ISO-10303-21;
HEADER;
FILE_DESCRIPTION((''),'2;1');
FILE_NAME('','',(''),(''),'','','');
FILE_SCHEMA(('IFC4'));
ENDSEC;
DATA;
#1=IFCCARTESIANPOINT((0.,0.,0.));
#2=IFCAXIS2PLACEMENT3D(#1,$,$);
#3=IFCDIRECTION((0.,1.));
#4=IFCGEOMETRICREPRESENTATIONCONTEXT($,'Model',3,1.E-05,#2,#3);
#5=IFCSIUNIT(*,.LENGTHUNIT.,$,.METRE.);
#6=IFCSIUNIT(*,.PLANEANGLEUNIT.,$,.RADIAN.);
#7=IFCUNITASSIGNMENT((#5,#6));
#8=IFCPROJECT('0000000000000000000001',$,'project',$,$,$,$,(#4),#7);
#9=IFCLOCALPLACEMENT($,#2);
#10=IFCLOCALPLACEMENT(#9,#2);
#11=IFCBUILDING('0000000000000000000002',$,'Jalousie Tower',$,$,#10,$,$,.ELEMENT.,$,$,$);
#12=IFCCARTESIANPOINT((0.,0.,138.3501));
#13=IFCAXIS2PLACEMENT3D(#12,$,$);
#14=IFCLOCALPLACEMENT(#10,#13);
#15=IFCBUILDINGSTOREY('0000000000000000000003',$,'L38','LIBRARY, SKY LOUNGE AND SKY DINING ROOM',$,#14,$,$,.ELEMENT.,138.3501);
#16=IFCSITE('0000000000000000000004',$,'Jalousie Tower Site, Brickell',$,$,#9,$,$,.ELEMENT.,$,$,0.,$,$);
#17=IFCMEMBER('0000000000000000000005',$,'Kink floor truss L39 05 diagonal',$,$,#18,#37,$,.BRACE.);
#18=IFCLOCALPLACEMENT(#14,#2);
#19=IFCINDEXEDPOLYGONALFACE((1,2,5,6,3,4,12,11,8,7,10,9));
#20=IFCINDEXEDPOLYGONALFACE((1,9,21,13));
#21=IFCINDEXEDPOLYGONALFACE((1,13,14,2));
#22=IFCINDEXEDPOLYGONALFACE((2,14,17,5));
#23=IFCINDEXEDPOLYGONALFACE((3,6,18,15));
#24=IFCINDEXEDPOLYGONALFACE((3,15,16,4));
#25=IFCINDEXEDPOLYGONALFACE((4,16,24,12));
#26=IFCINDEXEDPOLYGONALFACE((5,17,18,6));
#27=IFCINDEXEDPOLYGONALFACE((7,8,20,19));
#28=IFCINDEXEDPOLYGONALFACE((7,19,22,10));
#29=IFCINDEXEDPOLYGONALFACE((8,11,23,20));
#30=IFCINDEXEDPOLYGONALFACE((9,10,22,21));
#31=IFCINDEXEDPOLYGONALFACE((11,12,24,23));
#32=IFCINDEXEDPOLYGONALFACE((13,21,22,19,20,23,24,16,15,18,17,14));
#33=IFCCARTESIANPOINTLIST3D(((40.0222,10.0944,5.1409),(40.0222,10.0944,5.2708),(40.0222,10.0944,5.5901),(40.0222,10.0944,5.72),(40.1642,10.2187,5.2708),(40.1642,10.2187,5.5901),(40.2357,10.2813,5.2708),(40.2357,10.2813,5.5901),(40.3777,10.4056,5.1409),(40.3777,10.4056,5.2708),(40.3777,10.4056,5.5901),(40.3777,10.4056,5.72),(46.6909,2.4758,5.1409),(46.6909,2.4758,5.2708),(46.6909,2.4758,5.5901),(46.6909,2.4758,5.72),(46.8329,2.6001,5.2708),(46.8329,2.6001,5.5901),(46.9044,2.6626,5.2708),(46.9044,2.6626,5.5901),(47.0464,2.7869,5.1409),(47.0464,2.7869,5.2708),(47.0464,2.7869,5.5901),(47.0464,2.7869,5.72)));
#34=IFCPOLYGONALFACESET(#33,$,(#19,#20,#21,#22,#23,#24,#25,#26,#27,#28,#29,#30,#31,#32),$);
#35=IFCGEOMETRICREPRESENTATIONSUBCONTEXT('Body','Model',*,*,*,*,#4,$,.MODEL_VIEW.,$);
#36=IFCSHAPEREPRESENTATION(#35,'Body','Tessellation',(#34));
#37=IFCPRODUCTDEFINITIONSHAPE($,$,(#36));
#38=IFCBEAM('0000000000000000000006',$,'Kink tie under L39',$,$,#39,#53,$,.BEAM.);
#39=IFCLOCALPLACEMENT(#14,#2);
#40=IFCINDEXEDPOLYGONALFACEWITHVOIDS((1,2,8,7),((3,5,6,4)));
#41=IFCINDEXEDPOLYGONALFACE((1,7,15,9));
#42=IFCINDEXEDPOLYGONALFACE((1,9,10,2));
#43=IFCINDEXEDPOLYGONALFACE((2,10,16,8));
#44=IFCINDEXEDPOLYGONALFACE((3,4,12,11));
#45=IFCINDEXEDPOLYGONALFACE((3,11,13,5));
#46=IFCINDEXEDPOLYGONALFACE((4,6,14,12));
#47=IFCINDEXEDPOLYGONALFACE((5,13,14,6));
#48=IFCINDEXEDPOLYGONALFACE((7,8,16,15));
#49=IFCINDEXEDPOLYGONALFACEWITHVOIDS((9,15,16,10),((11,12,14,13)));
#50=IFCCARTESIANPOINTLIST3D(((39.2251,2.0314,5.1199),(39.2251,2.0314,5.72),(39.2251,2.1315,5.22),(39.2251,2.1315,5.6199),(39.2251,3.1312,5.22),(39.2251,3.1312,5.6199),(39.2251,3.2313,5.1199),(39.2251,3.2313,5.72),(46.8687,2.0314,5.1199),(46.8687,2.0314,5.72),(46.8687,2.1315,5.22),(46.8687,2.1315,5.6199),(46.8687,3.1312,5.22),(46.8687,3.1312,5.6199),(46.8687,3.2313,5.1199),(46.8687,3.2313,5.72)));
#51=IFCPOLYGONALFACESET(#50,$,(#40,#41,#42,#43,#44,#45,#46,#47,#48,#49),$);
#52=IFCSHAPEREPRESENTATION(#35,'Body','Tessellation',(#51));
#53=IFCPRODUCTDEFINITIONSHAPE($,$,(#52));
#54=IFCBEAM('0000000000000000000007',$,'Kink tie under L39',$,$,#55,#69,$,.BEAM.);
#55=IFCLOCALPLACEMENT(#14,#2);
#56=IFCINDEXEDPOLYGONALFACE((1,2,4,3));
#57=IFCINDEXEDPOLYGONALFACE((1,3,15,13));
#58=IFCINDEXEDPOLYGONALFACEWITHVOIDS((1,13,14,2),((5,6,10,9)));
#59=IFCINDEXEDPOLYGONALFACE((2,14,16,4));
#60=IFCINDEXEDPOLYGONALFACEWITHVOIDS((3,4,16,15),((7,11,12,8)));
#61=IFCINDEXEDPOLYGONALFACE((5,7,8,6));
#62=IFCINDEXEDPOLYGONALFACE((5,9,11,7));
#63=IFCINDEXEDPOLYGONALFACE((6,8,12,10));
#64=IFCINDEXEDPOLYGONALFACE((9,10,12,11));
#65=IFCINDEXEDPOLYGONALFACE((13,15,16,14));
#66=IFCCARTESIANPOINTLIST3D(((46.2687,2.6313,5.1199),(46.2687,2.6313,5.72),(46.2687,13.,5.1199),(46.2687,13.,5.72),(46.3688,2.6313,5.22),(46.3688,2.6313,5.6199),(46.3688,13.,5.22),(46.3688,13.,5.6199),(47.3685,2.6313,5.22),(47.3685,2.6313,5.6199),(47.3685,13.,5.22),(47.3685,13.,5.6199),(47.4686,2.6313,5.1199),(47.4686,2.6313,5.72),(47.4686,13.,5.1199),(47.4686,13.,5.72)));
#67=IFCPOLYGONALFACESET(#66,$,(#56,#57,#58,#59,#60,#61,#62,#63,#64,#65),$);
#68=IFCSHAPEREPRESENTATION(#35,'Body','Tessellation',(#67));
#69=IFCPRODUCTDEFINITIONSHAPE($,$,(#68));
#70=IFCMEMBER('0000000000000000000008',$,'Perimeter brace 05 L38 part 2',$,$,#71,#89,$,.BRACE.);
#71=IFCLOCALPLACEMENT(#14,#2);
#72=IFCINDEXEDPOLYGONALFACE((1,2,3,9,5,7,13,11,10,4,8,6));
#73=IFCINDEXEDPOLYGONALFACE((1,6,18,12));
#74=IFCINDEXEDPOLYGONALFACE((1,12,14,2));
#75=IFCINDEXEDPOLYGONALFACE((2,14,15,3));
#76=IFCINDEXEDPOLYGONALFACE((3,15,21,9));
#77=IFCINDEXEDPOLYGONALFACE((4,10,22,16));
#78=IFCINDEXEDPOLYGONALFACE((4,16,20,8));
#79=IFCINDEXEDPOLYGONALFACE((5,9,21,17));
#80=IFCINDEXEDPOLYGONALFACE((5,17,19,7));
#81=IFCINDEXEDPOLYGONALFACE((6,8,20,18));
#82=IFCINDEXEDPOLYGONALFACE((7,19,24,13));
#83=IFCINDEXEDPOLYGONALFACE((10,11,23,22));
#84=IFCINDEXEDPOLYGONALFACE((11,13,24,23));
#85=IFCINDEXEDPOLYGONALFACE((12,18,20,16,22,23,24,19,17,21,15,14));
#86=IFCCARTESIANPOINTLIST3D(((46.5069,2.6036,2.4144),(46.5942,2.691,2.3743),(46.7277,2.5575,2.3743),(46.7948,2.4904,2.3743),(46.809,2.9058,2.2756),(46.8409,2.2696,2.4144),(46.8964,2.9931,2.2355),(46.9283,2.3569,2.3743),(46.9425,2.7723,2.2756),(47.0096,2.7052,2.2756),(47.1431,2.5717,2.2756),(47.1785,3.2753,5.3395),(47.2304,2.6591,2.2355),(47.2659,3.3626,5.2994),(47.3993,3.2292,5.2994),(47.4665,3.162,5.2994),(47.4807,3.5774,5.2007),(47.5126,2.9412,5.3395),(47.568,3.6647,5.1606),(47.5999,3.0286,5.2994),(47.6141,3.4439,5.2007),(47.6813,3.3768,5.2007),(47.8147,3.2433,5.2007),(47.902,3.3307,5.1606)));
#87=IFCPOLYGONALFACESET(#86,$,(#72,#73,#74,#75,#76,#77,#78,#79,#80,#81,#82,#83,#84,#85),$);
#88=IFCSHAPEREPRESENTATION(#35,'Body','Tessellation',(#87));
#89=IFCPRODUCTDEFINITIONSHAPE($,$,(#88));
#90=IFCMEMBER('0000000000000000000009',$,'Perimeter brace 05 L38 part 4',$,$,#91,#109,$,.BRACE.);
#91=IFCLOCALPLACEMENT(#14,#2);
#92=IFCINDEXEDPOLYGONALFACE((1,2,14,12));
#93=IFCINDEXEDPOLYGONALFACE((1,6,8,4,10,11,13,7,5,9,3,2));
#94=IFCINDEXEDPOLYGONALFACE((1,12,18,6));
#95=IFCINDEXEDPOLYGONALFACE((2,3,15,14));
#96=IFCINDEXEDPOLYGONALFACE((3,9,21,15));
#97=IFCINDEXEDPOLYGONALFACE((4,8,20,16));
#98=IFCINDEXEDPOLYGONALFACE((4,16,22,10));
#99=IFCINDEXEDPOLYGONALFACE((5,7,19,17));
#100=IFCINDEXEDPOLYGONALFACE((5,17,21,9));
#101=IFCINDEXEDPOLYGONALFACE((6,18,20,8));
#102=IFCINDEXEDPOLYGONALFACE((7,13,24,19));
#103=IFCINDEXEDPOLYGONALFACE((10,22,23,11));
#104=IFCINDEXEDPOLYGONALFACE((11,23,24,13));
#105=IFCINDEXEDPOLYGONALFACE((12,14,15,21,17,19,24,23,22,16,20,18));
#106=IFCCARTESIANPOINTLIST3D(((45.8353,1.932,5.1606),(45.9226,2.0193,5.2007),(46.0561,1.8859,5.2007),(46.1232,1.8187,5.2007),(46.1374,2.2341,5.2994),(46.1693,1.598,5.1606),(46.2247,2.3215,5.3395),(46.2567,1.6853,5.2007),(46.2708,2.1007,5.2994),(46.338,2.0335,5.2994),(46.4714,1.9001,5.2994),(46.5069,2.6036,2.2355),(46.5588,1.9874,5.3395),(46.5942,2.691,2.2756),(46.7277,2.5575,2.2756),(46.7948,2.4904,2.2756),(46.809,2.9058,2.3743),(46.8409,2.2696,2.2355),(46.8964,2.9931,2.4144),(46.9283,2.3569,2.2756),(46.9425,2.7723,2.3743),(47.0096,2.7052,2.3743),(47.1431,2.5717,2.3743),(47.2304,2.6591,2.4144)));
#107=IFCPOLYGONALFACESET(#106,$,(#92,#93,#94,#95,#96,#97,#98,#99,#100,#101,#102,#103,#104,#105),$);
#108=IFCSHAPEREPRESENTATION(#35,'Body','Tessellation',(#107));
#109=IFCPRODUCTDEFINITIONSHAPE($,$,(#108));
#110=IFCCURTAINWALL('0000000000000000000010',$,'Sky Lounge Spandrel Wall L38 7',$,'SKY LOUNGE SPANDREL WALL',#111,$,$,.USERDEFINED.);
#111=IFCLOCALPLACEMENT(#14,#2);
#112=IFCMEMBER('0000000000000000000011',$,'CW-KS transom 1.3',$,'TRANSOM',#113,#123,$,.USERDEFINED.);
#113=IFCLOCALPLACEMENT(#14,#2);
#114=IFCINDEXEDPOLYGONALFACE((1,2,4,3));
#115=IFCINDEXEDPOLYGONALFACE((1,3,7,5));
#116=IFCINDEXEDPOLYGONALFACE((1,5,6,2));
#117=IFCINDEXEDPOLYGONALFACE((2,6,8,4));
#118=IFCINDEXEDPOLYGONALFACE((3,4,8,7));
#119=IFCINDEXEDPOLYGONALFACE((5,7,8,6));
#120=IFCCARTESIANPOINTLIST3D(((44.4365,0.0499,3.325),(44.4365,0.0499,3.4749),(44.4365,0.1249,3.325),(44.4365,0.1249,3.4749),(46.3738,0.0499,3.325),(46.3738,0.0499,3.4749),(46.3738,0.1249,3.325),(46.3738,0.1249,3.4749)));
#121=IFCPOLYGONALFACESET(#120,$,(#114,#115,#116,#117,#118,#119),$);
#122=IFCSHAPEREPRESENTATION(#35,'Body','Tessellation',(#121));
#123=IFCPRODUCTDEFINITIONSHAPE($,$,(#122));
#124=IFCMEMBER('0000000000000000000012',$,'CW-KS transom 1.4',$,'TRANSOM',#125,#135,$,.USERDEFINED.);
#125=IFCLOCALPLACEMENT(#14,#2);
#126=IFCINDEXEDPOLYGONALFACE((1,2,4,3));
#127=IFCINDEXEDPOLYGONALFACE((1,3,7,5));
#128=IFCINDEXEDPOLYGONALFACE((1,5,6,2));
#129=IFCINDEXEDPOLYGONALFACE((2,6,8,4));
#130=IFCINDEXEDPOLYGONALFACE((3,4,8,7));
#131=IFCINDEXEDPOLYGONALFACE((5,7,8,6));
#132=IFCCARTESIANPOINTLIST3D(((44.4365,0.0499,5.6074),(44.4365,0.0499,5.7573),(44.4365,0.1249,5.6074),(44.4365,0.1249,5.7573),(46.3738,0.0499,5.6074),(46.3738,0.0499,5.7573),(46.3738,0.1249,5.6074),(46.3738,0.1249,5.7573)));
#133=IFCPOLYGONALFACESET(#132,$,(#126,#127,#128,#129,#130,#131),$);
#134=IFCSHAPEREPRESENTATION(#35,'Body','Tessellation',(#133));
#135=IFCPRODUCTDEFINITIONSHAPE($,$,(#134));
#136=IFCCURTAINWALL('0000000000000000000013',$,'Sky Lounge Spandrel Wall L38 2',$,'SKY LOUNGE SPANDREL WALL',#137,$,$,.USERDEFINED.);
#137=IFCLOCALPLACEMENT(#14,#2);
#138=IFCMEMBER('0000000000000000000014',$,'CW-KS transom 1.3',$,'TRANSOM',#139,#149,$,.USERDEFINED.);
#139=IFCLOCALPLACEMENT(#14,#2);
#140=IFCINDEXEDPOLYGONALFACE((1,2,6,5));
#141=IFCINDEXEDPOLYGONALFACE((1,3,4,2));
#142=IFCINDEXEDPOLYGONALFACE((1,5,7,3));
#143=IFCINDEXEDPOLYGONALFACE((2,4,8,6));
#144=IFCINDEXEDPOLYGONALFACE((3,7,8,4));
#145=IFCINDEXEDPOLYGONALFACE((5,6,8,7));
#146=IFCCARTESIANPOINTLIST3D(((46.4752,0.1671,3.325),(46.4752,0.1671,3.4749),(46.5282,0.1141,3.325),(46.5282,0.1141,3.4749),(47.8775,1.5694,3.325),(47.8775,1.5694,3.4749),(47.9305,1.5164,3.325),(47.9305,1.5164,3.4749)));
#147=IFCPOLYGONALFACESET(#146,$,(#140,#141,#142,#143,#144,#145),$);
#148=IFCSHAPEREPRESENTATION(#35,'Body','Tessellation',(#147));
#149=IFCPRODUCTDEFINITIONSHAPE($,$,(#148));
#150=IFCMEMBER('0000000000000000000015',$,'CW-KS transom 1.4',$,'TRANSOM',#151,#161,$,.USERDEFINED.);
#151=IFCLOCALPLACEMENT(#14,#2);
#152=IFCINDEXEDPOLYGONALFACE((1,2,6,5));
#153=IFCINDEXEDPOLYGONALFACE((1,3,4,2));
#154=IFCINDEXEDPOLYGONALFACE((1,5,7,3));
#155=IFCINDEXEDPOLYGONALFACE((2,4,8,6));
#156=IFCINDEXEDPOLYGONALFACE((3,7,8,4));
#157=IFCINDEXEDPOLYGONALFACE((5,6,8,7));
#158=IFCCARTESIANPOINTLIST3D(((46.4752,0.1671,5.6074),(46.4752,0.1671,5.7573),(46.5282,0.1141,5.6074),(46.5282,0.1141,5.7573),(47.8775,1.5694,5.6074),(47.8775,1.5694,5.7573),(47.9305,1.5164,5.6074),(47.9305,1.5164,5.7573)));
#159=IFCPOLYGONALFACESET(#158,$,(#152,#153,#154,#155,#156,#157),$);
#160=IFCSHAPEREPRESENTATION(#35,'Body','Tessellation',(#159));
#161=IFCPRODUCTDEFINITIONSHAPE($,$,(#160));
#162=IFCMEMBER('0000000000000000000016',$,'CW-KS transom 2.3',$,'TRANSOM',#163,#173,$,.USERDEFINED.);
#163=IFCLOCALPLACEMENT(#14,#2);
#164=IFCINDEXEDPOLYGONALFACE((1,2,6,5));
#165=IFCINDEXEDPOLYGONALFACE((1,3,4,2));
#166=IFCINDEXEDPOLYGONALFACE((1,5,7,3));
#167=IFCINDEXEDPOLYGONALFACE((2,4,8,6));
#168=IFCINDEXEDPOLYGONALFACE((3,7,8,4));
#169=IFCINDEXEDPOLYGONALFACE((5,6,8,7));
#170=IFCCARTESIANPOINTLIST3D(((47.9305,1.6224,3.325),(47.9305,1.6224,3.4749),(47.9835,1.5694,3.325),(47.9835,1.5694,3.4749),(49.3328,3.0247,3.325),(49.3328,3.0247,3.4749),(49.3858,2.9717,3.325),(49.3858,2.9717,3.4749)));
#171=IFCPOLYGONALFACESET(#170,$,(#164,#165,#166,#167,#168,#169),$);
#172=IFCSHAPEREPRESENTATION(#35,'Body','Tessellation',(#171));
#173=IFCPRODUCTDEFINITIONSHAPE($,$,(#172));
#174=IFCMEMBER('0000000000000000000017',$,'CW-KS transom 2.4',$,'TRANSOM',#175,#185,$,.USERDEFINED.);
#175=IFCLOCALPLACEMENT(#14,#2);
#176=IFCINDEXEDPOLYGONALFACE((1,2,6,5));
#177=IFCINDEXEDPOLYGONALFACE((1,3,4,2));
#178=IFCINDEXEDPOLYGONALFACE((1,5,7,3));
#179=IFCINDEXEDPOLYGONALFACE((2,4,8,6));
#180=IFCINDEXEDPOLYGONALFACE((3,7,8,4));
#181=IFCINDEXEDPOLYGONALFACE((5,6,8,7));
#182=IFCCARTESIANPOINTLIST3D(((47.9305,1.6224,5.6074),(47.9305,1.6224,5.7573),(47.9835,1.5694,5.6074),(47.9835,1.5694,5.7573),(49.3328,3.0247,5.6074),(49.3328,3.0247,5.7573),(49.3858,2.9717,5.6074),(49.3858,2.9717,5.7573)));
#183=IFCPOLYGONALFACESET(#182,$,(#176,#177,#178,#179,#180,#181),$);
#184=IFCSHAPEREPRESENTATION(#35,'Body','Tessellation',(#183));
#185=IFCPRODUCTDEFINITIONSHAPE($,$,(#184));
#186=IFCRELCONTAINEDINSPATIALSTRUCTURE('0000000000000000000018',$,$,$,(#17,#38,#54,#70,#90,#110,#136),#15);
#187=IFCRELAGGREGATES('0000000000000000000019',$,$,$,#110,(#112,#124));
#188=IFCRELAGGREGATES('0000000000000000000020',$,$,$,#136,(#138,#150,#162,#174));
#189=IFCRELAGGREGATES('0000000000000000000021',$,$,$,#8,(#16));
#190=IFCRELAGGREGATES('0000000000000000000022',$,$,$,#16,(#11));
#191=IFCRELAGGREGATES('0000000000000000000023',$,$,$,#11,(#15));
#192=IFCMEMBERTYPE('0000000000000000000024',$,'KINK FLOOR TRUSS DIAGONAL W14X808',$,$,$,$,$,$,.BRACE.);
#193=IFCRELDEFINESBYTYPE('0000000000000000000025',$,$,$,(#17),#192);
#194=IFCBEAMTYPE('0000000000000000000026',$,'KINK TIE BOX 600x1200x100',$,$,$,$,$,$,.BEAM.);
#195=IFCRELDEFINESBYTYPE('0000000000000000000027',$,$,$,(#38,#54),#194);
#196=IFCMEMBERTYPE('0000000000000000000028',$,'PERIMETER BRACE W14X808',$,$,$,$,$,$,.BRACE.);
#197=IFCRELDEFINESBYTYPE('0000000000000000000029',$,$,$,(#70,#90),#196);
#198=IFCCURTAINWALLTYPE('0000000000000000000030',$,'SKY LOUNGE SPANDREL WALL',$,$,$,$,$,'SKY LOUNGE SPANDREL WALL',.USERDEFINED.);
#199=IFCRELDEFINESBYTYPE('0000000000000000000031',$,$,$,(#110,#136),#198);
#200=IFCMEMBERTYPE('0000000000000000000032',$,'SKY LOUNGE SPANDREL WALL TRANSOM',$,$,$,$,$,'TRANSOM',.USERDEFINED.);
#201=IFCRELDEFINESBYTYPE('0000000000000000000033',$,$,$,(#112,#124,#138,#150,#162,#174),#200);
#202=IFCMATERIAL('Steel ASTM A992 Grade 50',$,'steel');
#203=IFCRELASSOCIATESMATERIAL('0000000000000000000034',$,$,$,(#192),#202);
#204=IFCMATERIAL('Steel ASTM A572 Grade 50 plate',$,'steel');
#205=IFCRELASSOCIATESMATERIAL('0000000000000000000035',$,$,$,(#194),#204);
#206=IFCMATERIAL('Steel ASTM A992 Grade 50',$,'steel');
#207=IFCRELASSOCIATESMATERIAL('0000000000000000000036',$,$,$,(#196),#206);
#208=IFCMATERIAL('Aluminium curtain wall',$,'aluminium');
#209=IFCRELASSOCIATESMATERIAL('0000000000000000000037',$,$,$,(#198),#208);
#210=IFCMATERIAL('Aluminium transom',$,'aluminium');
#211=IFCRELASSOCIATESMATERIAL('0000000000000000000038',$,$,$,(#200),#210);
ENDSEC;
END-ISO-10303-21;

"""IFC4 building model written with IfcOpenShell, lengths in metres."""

from ifc_helpers import new_model, si_unit, direction, frame, origin, origin_2d, place, context, subcontext, project, spatial, rectangle, hollow_rectangle, i_section, extrude, material, material_profile, profile_set, type_object, element, aggregate, save


model = new_model("IFC4")

# Units and contexts
model_context = context("Model", 3, precision=1e-05, world=origin(), true_north=direction((0.0, 1.0)))
body_context = subcontext(model_context, "Body", "Model", "MODEL_VIEW")
ifc_project = project(units=[si_unit("LENGTHUNIT", "METRE"), si_unit("PLANEANGLEUNIT", "RADIAN")], contexts=[model_context])

# Site, building, storey
site_placement = place(None, origin())
site = spatial("IfcSite", under=ifc_project, at=site_placement, Name="Jalousie Tower Site, Brickell", CompositionType="ELEMENT", RefElevation=0.0)
building_placement = place(site_placement, origin())
building = spatial("IfcBuilding", under=site, at=building_placement, Name="Jalousie Tower", CompositionType="ELEMENT")
storey_placement = place(building_placement, frame((0.0, 0.0, 138.3501)))
storey = spatial("IfcBuildingStorey", under=building, at=storey_placement, Name="L38", Description="LIBRARY, SKY LOUNGE AND SKY DINING ROOM", CompositionType="ELEMENT", Elevation=138.3501)

# Member
ifc_material_1 = material(Name="Steel ASTM A992 Grade 50", Category="steel")
ifc_material_profile_1 = material_profile(ifc_material_1, i_section(OverallWidth=0.4724, OverallDepth=0.5791, WebThickness=0.095, FlangeThickness=0.1299, at=origin_2d()), Name="W14X808")
ifc_profile_set_1 = profile_set([ifc_material_profile_1], Name="Steel ASTM A992 Grade 50")
member_type_1 = type_object("IfcMemberType", Name="KINK FLOOR TRUSS DIAGONAL W14X808", PredefinedType="BRACE", material=ifc_profile_set_1)
member_1_placement = place(storey_placement, frame((46.8687, 2.6313, 5.4304), z_axis=(-0.658638, 0.75246, 0.0), x_axis=(-0.75246, -0.658638, 0.0)))
element("IfcMember", 1, at=member_1_placement, inside=storey, type_object=member_type_1, Name="Kink floor truss L39 05 diagonal", PredefinedType="BRACE", context=body_context, shape_type="SweptSolid", body=[
    extrude(i_section(OverallWidth=0.4724, OverallDepth=0.5791, WebThickness=0.095, FlangeThickness=0.1299, at=origin_2d()), origin(), (0.0, 0.0, 1.0), 10.125),
])

# Beams
ifc_material_2 = material(Name="Steel ASTM A572 Grade 50 plate", Category="steel")
ifc_material_profile_2 = material_profile(ifc_material_2, hollow_rectangle(XDim=1.2, YDim=0.6001, WallThickness=0.1001, at=origin_2d()), Name="BOX 600x1200x100")
ifc_profile_set_2 = profile_set([ifc_material_profile_2], Name="Steel ASTM A572 Grade 50 plate")
beam_type = type_object("IfcBeamType", Name="KINK TIE BOX 600x1200x100", PredefinedType="BEAM", material=ifc_profile_set_2)
beam_1_placement = place(storey_placement, frame((46.8687, 2.6313, 5.4199), z_axis=(-1.0, 0.0, 0.0), x_axis=(0.0, -1.0, 0.0)))
element("IfcBeam", 2, at=beam_1_placement, inside=storey, type_object=beam_type, Name="Kink tie under L39", PredefinedType="BEAM", context=body_context, shape_type="SweptSolid", body=[
    extrude(hollow_rectangle(XDim=1.2, YDim=0.6001, WallThickness=0.1001, at=origin_2d()), origin(), (0.0, 0.0, 1.0), 7.6436),
])
beam_2_placement = place(storey_placement, frame((46.8687, 2.6313, 5.4199), z_axis=(0.0, 1.0, 0.0), x_axis=(-1.0, 0.0, 0.0)))
element("IfcBeam", 3, at=beam_2_placement, inside=storey, type_object=beam_type, Name="Kink tie under L39", PredefinedType="BEAM", context=body_context, shape_type="SweptSolid", body=[
    extrude(hollow_rectangle(XDim=1.2, YDim=0.6001, WallThickness=0.1001, at=origin_2d()), origin(), (0.0, 0.0, 1.0), 10.3687),
])

# Members
ifc_material_3 = material(Name="Steel ASTM A992 Grade 50", Category="steel")
ifc_material_profile_3 = material_profile(ifc_material_3, i_section(OverallWidth=0.4724, OverallDepth=0.5791, WebThickness=0.095, FlangeThickness=0.1299, at=origin_2d()), Name="W14X808")
ifc_profile_set_3 = profile_set([ifc_material_profile_3], Name="Steel ASTM A992 Grade 50")
member_type_2 = type_object("IfcMemberType", Name="PERIMETER BRACE W14X808", PredefinedType="BRACE", material=ifc_profile_set_3)
for number, where, z_axis, x_axis, name in (
    (4, (46.8687, 2.6313, 2.325), (0.218388, 0.218388, 0.951112), (-0.707107, 0.707107, 0.0), "Perimeter brace 05 L38 part 2"),
    (5, (46.8687, 2.6313, 2.325), (-0.218388, -0.218388, 0.951112), (0.707107, -0.707107, 0.0), "Perimeter brace 05 L38 part 4"),
):
    element("IfcMember", number, at=place(storey_placement, frame(where, z_axis=z_axis, x_axis=x_axis)), inside=storey, type_object=member_type_2, Name=name, PredefinedType="BRACE", context=body_context, shape_type="SweptSolid", body=[
        extrude(i_section(OverallWidth=0.4724, OverallDepth=0.5791, WebThickness=0.095, FlangeThickness=0.1299, at=origin_2d()), origin(), (0.0, 0.0, 1.0), 3.0754),
    ])

# Curtain walls, members
ifc_material_4 = material(Name="Aluminium curtain wall", Category="aluminium")
curtain_wall_type_1 = type_object("IfcCurtainWallType", Name="SKY LOUNGE SPANDREL WALL", ElementType="SKY LOUNGE SPANDREL WALL", PredefinedType="USERDEFINED", material=ifc_material_4)
curtain_wall_1_placement = place(storey_placement, origin())
curtain_wall_1 = element("IfcCurtainWall", 6, at=curtain_wall_1_placement, inside=storey, type_object=curtain_wall_type_1, Name="Sky Lounge Spandrel Wall L38 7", ObjectType="SKY LOUNGE SPANDREL WALL", PredefinedType="USERDEFINED")
ifc_material_5 = material(Name="Aluminium transom", Category="aluminium")
ifc_material_profile_4 = material_profile(ifc_material_5, rectangle(XDim=0.075, YDim=0.1499, at=origin_2d()), Name="TRANSOM 75x150")
ifc_profile_set_4 = profile_set([ifc_material_profile_4], Name="Aluminium transom")
member_type_3 = type_object("IfcMemberType", Name="SKY LOUNGE SPANDREL WALL TRANSOM", ElementType="TRANSOM", PredefinedType="USERDEFINED", material=ifc_profile_set_4)
member_2_placement = place(storey_placement, frame((44.4365, 0.0874, 3.3999), z_axis=(1.0, 0.0, 0.0), x_axis=(0.0, 1.0, 0.0)))
member_2 = element("IfcMember", 7, at=member_2_placement, type_object=member_type_3, Name="CW-KS transom 1.3", ObjectType="TRANSOM", PredefinedType="USERDEFINED", context=body_context, shape_type="SweptSolid", body=[
    extrude(rectangle(XDim=0.075, YDim=0.1499, at=origin_2d()), origin(), (0.0, 0.0, 1.0), 1.9373),
])
member_3_placement = place(storey_placement, frame((44.4365, 0.0874, 5.6824), z_axis=(1.0, 0.0, 0.0), x_axis=(0.0, 1.0, 0.0)))
member_3 = element("IfcMember", 8, at=member_3_placement, type_object=member_type_3, Name="CW-KS transom 1.4", ObjectType="TRANSOM", PredefinedType="USERDEFINED", context=body_context, shape_type="SweptSolid", body=[
    extrude(rectangle(XDim=0.075, YDim=0.1499, at=origin_2d()), origin(), (0.0, 0.0, 1.0), 1.9373),
])
curtain_wall_2_placement = place(storey_placement, origin())
curtain_wall_2 = element("IfcCurtainWall", 9, at=curtain_wall_2_placement, inside=storey, type_object=curtain_wall_type_1, Name="Sky Lounge Spandrel Wall L38 2", ObjectType="SKY LOUNGE SPANDREL WALL", PredefinedType="USERDEFINED")
member_4_placement = place(storey_placement, frame((46.5017, 0.1406, 3.3999), z_axis=(0.707107, 0.707107, 0.0), x_axis=(-0.707107, 0.707107, 0.0)))
member_4 = element("IfcMember", 10, at=member_4_placement, type_object=member_type_3, Name="CW-KS transom 1.3", ObjectType="TRANSOM", PredefinedType="USERDEFINED", context=body_context, shape_type="SweptSolid", body=[
    extrude(rectangle(XDim=0.075, YDim=0.1499, at=origin_2d()), origin(), (0.0, 0.0, 1.0), 1.9832),
])
member_5_placement = place(storey_placement, frame((46.5017, 0.1406, 5.6824), z_axis=(0.707107, 0.707107, 0.0), x_axis=(-0.707107, 0.707107, 0.0)))
member_5 = element("IfcMember", 11, at=member_5_placement, type_object=member_type_3, Name="CW-KS transom 1.4", ObjectType="TRANSOM", PredefinedType="USERDEFINED", context=body_context, shape_type="SweptSolid", body=[
    extrude(rectangle(XDim=0.075, YDim=0.1499, at=origin_2d()), origin(), (0.0, 0.0, 1.0), 1.9832),
])
member_6_placement = place(storey_placement, frame((47.957, 1.5959, 3.3999), z_axis=(0.707107, 0.707107, 0.0), x_axis=(-0.707107, 0.707107, 0.0)))
member_6 = element("IfcMember", 12, at=member_6_placement, type_object=member_type_3, Name="CW-KS transom 2.3", ObjectType="TRANSOM", PredefinedType="USERDEFINED", context=body_context, shape_type="SweptSolid", body=[
    extrude(rectangle(XDim=0.075, YDim=0.1499, at=origin_2d()), origin(), (0.0, 0.0, 1.0), 1.9832),
])
member_7_placement = place(storey_placement, frame((47.957, 1.5959, 5.6824), z_axis=(0.707107, 0.707107, 0.0), x_axis=(-0.707107, 0.707107, 0.0)))
member_7 = element("IfcMember", 13, at=member_7_placement, type_object=member_type_3, Name="CW-KS transom 2.4", ObjectType="TRANSOM", PredefinedType="USERDEFINED", context=body_context, shape_type="SweptSolid", body=[
    extrude(rectangle(XDim=0.075, YDim=0.1499, at=origin_2d()), origin(), (0.0, 0.0, 1.0), 1.9832),
])

aggregate(curtain_wall_1, [member_2, member_3])
aggregate(curtain_wall_2, [member_4, member_5, member_6, member_7])

save(model, "model.ifc")
